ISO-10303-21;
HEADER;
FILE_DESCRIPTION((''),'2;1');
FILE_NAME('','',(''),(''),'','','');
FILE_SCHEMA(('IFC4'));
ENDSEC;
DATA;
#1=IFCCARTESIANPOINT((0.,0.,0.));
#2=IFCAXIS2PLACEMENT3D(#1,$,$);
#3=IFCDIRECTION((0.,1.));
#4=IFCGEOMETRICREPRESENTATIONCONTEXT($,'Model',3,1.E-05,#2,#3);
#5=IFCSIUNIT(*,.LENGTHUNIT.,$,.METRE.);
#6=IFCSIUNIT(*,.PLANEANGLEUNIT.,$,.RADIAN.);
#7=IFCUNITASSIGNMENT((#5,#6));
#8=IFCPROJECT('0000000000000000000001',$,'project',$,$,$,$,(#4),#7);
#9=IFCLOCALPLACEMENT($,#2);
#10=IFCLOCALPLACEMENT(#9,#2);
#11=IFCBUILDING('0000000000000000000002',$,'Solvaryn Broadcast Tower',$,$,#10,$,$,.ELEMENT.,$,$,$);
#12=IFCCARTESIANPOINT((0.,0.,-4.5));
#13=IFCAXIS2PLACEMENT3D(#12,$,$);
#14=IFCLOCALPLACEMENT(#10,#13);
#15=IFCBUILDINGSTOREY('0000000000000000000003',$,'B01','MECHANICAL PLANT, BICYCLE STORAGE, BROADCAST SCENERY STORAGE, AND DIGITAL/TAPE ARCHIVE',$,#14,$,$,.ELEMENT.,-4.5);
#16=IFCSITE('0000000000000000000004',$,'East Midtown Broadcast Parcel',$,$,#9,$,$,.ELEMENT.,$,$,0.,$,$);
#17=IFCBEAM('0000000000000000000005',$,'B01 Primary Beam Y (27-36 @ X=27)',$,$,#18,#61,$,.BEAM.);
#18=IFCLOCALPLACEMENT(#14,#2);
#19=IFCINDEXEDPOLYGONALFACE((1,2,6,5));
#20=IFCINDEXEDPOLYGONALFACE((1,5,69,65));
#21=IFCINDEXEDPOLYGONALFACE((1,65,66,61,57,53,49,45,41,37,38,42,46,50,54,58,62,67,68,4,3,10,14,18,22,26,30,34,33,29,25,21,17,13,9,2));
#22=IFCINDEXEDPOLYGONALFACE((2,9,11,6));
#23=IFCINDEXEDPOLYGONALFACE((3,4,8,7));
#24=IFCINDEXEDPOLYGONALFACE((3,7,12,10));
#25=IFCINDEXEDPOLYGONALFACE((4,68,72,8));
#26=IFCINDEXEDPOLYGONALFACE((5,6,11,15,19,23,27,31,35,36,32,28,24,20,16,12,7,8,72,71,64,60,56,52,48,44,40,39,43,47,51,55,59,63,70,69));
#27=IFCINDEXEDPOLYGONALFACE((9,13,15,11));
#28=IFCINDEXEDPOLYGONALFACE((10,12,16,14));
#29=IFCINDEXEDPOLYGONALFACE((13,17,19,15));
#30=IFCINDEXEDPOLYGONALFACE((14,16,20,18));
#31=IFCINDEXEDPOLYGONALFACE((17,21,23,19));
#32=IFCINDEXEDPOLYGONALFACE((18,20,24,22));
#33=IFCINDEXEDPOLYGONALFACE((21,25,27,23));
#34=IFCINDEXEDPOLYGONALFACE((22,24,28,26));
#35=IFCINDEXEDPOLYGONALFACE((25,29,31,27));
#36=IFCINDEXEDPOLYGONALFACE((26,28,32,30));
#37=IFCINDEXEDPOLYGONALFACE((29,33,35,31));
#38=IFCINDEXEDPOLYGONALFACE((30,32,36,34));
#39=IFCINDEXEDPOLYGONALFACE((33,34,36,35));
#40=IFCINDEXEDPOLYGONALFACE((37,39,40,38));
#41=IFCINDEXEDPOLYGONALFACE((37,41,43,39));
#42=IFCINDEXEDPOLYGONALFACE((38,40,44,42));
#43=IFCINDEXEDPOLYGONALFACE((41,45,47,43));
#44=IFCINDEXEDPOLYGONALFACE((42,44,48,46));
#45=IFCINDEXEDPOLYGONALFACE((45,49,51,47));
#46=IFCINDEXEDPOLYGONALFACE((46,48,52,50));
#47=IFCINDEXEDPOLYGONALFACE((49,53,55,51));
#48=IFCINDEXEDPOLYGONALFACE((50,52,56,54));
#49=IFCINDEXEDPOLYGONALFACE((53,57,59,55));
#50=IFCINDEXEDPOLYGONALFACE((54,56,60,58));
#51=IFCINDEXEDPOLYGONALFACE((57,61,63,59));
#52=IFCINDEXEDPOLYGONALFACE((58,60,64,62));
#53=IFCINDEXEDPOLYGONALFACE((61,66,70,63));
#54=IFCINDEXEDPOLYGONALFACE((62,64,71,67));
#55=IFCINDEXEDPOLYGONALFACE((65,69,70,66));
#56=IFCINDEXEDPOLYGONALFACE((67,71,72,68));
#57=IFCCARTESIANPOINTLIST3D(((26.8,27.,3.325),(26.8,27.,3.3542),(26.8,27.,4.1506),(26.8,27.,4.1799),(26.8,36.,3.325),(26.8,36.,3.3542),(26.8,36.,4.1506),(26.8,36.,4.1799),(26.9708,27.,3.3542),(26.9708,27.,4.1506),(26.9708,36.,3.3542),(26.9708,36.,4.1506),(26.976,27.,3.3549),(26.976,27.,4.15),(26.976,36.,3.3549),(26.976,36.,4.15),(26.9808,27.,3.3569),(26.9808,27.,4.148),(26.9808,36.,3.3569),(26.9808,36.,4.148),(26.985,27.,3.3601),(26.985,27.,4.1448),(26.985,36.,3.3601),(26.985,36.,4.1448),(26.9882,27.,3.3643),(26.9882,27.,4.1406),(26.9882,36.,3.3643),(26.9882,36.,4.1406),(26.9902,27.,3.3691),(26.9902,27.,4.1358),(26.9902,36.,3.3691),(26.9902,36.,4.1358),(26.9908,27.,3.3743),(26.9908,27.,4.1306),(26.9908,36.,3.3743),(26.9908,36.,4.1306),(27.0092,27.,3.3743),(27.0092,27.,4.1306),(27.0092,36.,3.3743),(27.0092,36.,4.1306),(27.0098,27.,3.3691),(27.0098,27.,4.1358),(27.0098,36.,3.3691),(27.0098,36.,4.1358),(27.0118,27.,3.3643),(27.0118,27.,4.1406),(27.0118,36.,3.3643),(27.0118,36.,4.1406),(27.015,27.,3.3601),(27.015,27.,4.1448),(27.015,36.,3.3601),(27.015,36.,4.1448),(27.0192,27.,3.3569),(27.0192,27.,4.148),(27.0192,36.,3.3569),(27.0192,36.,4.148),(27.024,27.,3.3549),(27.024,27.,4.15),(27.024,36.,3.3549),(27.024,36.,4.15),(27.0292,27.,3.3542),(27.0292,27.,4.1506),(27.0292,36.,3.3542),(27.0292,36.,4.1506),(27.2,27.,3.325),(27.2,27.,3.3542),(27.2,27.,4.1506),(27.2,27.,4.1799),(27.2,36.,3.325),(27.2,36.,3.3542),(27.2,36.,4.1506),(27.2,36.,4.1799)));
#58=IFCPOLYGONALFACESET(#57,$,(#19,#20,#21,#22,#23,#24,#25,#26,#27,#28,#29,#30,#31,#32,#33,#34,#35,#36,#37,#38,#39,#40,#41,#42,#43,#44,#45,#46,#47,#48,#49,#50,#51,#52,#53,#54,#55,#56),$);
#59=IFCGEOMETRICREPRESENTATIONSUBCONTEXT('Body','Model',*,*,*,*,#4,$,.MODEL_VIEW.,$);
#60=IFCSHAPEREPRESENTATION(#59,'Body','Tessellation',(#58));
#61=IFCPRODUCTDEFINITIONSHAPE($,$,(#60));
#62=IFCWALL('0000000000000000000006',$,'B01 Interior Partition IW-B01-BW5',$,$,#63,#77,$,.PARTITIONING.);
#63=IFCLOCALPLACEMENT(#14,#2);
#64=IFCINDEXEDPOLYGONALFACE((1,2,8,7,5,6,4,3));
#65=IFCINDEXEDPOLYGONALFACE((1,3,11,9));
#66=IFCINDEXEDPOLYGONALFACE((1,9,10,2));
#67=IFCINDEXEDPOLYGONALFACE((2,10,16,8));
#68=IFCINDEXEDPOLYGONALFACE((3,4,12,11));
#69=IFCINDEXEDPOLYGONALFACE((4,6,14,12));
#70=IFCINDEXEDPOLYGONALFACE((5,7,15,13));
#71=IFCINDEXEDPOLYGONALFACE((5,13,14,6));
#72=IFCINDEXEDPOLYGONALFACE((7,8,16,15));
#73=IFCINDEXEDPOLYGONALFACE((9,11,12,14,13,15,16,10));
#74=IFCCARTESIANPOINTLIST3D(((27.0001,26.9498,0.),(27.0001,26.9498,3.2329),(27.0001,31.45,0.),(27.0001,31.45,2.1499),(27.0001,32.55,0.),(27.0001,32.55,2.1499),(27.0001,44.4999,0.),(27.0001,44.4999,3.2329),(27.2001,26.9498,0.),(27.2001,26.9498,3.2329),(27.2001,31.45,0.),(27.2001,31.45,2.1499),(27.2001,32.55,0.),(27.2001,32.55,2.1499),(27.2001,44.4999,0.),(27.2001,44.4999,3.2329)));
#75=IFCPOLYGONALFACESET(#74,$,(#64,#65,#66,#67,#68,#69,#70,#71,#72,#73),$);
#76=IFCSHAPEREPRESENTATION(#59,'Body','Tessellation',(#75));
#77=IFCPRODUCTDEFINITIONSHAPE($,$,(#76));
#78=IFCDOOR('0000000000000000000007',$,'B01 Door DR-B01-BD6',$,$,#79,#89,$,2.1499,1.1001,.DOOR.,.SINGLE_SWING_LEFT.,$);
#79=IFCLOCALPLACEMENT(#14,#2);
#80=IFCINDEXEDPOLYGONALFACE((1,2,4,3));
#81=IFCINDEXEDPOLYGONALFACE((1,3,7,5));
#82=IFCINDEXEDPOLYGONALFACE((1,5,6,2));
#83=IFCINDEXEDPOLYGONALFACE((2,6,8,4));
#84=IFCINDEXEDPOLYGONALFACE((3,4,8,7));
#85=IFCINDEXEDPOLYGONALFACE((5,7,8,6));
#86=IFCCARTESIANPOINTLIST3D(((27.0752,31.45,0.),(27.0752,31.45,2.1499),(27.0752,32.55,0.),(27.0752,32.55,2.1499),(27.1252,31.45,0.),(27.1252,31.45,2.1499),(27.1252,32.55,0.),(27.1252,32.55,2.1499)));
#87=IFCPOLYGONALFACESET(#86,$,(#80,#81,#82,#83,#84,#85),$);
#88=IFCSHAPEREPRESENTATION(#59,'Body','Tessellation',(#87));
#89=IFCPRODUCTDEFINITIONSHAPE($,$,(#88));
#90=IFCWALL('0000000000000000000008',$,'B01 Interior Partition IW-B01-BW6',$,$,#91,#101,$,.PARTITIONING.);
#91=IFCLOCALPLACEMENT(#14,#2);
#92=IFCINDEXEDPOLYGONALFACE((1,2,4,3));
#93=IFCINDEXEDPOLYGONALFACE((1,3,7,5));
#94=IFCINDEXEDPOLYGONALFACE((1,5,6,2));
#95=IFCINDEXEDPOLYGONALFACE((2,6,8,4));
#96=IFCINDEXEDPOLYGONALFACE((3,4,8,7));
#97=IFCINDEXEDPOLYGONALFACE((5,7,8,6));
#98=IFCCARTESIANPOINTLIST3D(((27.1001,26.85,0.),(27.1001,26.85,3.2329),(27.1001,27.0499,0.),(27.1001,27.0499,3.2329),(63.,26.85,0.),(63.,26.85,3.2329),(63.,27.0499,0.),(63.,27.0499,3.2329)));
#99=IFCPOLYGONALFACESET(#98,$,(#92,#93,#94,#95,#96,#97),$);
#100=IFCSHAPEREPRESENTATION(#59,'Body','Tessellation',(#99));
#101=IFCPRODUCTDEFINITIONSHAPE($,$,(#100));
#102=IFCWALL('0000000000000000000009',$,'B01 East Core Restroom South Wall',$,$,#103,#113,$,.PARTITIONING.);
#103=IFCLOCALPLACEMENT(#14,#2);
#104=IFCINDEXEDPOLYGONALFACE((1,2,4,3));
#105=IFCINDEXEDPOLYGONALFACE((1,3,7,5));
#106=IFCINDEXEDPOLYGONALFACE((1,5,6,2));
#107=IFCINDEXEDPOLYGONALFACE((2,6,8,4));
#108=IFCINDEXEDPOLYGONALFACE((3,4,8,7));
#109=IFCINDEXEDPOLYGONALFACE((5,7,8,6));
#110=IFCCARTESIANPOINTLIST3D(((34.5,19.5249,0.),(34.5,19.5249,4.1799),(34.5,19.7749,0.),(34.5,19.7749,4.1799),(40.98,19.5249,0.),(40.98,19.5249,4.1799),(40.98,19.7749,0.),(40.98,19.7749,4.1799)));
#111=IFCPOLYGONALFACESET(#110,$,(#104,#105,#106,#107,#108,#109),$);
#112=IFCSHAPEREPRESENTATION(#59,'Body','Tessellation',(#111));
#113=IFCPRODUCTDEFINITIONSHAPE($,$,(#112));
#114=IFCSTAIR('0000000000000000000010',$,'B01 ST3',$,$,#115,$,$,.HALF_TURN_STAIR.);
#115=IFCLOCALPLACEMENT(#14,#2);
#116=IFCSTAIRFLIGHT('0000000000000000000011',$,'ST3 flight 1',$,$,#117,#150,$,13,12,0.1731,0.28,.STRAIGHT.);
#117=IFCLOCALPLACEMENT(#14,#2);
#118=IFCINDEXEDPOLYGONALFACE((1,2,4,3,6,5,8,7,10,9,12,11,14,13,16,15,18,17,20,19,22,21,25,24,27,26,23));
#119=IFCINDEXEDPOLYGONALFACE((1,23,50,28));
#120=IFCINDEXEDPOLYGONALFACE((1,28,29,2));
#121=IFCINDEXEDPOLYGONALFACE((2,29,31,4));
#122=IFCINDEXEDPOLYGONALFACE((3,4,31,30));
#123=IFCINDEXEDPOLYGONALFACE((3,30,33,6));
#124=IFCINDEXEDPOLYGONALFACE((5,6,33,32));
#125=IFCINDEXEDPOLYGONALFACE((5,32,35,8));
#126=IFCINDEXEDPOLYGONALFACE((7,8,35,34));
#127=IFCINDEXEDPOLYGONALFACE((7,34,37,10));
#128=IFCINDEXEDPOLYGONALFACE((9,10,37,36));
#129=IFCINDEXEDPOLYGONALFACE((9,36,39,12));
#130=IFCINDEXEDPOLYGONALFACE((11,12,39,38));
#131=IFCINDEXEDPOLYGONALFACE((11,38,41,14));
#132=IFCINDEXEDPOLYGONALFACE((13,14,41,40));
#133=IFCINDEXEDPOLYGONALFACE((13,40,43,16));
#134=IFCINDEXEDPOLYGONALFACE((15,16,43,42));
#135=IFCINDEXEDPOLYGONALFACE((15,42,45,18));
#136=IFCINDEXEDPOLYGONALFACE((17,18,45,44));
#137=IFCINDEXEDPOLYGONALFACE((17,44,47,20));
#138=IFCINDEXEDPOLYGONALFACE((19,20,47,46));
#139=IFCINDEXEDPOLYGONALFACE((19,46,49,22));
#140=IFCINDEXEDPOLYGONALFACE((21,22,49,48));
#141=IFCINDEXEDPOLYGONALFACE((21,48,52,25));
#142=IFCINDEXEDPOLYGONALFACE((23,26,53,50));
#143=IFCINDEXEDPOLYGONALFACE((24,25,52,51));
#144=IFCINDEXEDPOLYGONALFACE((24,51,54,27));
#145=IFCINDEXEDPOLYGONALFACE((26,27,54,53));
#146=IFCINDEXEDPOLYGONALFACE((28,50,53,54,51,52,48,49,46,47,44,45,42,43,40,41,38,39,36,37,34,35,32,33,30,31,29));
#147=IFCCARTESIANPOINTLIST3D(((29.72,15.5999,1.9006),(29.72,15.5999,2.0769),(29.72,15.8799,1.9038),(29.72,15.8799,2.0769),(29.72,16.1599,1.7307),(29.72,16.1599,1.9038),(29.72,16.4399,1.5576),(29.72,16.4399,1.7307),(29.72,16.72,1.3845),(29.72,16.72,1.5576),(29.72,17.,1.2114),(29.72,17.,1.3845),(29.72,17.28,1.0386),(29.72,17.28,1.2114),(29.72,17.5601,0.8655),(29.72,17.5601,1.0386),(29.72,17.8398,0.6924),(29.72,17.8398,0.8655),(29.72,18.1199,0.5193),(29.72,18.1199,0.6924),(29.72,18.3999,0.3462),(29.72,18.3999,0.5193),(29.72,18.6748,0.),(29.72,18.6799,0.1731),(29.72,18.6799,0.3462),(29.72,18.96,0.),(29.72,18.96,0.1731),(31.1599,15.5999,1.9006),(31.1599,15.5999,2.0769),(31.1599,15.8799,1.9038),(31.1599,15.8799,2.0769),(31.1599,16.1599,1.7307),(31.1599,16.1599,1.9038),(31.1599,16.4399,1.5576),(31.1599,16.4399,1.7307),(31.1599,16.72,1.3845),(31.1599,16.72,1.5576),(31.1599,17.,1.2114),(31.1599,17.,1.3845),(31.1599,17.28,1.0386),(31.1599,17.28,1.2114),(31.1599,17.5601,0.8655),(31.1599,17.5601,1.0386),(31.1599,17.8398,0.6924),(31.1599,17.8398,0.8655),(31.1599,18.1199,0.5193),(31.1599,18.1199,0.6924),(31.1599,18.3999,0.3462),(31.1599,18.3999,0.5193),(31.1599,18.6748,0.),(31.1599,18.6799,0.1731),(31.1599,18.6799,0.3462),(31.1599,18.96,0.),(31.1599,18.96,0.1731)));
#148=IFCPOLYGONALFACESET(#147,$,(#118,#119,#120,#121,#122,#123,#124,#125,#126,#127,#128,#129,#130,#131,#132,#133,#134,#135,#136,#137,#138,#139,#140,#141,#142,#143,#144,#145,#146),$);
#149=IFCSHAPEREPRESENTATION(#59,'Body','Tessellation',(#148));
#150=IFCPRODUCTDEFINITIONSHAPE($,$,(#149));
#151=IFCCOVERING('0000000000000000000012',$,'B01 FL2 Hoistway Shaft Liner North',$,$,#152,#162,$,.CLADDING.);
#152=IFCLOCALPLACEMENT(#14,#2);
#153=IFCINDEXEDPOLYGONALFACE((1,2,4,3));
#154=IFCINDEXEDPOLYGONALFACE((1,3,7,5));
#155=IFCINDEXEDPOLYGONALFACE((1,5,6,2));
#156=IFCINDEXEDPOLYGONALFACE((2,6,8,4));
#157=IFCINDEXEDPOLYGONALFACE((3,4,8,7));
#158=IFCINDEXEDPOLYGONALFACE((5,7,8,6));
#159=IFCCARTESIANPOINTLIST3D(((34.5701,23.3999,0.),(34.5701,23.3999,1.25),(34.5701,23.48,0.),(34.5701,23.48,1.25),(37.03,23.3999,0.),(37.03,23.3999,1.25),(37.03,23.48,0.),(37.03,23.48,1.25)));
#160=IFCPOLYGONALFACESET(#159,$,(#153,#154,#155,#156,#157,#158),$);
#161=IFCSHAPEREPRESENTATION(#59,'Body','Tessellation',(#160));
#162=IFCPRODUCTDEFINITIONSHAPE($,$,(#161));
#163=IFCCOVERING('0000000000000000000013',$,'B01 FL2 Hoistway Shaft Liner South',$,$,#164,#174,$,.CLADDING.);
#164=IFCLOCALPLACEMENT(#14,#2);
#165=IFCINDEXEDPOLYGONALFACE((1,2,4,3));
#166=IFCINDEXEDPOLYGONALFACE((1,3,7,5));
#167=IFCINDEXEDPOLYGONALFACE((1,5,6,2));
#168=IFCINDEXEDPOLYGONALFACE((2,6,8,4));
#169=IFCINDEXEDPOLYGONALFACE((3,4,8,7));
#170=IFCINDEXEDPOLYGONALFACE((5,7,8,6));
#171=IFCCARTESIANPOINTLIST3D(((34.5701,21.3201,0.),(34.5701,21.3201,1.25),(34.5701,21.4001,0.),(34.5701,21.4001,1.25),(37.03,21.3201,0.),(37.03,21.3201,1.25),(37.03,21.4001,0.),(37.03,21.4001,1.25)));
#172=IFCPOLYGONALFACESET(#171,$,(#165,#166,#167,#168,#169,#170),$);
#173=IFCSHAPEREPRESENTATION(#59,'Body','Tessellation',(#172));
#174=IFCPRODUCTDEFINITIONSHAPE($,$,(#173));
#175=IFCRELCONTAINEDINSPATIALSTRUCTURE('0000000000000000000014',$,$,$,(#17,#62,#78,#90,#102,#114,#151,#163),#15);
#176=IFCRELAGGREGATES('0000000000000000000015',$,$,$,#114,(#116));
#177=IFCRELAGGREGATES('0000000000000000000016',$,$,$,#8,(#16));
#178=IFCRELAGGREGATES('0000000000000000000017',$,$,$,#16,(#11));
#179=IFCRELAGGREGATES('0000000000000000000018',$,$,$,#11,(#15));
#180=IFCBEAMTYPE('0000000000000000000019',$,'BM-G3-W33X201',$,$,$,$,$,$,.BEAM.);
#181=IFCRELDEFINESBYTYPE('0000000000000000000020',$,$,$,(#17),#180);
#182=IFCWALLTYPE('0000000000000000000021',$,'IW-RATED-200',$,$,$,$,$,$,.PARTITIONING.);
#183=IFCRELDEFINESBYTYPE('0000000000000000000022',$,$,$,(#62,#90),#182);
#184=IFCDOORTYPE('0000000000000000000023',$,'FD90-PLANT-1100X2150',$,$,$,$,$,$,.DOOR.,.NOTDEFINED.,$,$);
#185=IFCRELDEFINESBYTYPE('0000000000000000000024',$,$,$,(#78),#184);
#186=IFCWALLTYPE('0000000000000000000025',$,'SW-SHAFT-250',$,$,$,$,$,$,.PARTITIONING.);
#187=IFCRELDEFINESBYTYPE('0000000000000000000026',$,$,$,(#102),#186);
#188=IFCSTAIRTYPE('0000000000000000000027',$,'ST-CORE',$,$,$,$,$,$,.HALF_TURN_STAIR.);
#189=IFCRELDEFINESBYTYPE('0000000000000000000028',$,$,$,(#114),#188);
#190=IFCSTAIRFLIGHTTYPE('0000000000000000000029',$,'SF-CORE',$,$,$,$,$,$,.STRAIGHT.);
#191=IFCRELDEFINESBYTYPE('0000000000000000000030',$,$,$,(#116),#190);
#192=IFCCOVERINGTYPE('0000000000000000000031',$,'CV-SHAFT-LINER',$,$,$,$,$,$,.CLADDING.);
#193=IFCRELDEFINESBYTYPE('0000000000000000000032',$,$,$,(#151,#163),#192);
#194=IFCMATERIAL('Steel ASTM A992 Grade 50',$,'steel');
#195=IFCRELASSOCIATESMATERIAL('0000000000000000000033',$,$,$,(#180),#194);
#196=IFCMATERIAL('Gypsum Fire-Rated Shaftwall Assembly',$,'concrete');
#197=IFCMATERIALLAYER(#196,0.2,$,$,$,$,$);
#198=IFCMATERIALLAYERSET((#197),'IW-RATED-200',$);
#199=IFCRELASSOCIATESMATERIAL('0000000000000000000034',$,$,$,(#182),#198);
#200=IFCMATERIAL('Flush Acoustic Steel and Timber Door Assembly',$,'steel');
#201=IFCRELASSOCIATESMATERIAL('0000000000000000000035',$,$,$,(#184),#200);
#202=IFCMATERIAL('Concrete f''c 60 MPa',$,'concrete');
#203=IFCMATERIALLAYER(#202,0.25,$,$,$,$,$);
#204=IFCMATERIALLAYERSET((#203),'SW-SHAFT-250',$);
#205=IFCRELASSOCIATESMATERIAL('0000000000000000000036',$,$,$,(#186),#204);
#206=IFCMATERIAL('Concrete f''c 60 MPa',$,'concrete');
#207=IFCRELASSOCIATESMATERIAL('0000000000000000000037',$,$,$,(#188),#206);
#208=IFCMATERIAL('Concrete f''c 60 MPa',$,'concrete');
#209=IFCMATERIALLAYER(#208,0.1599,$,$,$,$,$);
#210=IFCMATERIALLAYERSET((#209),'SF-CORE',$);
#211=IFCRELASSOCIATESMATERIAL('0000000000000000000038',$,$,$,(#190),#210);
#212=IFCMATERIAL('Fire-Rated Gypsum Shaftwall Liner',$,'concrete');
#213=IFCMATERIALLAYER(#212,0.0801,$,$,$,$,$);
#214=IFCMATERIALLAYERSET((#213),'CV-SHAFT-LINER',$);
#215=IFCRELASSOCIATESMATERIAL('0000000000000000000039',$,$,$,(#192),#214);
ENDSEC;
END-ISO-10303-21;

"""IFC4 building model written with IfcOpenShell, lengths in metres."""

from ifc_helpers import new_model, si_unit, direction, frame, frame_2d, origin, origin_2d, place, context, subcontext, project, spatial, polyline, rectangle, i_section, outline, extrude, material, layer, layer_set, material_profile, profile_set, type_object, element, fill, aggregate, save


model = new_model("IFC4")

# Units and contexts
model_context = context("Model", 3, precision=1e-05, world=origin(), true_north=direction((0.0, 1.0)))
body_context = subcontext(model_context, "Body", "Model", "MODEL_VIEW")
ifc_project = project(units=[si_unit("LENGTHUNIT", "METRE"), si_unit("PLANEANGLEUNIT", "RADIAN")], contexts=[model_context])

# Site, building, storey
site_placement = place(None, origin())
site = spatial("IfcSite", under=ifc_project, at=site_placement, Name="East Midtown Broadcast Parcel", CompositionType="ELEMENT", RefElevation=0.0)
building_placement = place(site_placement, origin())
building = spatial("IfcBuilding", under=site, at=building_placement, Name="Solvaryn Broadcast Tower", CompositionType="ELEMENT")
storey_placement = place(building_placement, frame((0.0, 0.0, -4.5)))
storey = spatial("IfcBuildingStorey", under=building, at=storey_placement, Name="B01", Description="MECHANICAL PLANT, BICYCLE STORAGE, BROADCAST SCENERY STORAGE, AND DIGITAL/TAPE ARCHIVE", CompositionType="ELEMENT", Elevation=-4.5)

# Beam
ifc_material_1 = material(Name="Steel ASTM A992 Grade 50", Category="steel")
ifc_material_profile_1 = material_profile(ifc_material_1, i_section(OverallWidth=0.3999, OverallDepth=0.855, WebThickness=0.0183, FlangeThickness=0.0293, FilletRadius=0.02, at=origin_2d()))
ifc_profile_set_1 = profile_set([ifc_material_profile_1], Name="Steel ASTM A992 Grade 50")
beam_type_1 = type_object("IfcBeamType", Name="BM-G3-W33X201", PredefinedType="BEAM", material=ifc_profile_set_1)
beam_1_placement = place(storey_placement, frame((27.0, 27.0, 3.7524), z_axis=(0.0, 1.0, 0.0), x_axis=(-1.0, 0.0, 0.0)))
element("IfcBeam", 1, at=beam_1_placement, inside=storey, type_object=beam_type_1, Name="B01 Primary Beam Y (27-36 @ X=27)", PredefinedType="BEAM", context=body_context, shape_type="SweptSolid", body=[
    extrude(i_section(OverallWidth=0.3999, OverallDepth=0.855, WebThickness=0.0183, FlangeThickness=0.0293, FilletRadius=0.02, at=origin_2d()), origin(), (0.0, 0.0, 1.0), 9.0),
])

# Wall, opening, door
ifc_material_2 = material(Name="Gypsum Fire-Rated Shaftwall Assembly", Category="concrete")
ifc_layer_1 = layer(ifc_material_2, 0.2)
ifc_layer_set_1 = layer_set([ifc_layer_1], Name="IW-RATED-200")
wall_type_1 = type_object("IfcWallType", Name="IW-RATED-200", PredefinedType="PARTITIONING", material=ifc_layer_set_1)
wall_1_placement = place(storey_placement, frame((27.1001, 26.95, 0.0), z_axis=(0.0, 0.0, 1.0), x_axis=(0.0, 1.0, 0.0)))
wall_1 = element("IfcWall", 2, at=wall_1_placement, inside=storey, type_object=wall_type_1, Name="B01 Interior Partition IW-B01-BW5", PredefinedType="PARTITIONING", context=body_context, shape_type="SweptSolid", body=[
    extrude(rectangle(XDim=17.55, YDim=0.2, at=frame_2d((8.7749, 0.0))), origin(), (0.0, 0.0, 1.0), 3.2329),
])
opening_1_placement = place(wall_1_placement, frame((4.5, 0.0, 0.0)))
opening_1 = element("IfcOpeningElement", 3, at=opening_1_placement, cuts=wall_1, PredefinedType="OPENING", context=body_context, shape_type="SweptSolid", body=[
    extrude(rectangle(XDim=1.1001, YDim=2.1499, at=frame_2d((0.55, 1.075))), frame((0.0, 0.1101, 0.0), z_axis=(0.0, -1.0, 0.0), x_axis=(1.0, 0.0, 0.0)), (0.0, 0.0, 1.0), 0.22),
])
ifc_material_3 = material(Name="Flush Acoustic Steel and Timber Door Assembly", Category="steel")
door_type_1 = type_object("IfcDoorType", Name="FD90-PLANT-1100X2150", OperationType="NOTDEFINED", PredefinedType="DOOR", material=ifc_material_3)
door_1_placement = place(opening_1_placement, origin())
door_1 = element("IfcDoor", 4, at=door_1_placement, inside=storey, type_object=door_type_1, Name="B01 Door DR-B01-BD6", OperationType="SINGLE_SWING_LEFT", OverallHeight=2.1499, OverallWidth=1.1001, PredefinedType="DOOR", context=body_context, shape_type="SweptSolid", body=[
    extrude(rectangle(XDim=1.1001, YDim=2.1499, at=frame_2d((0.55, 1.075))), frame((0.0, 0.0249, 0.0), z_axis=(0.0, -1.0, 0.0), x_axis=(1.0, 0.0, 0.0)), (0.0, 0.0, 1.0), 0.05),
])
fill(opening_1, door_1)

# Wall
wall_2_placement = place(storey_placement, frame((27.1001, 26.95, 0.0), z_axis=(0.0, 0.0, 1.0), x_axis=(1.0, 0.0, 0.0)))
element("IfcWall", 5, at=wall_2_placement, inside=storey, type_object=wall_type_1, Name="B01 Interior Partition IW-B01-BW6", PredefinedType="PARTITIONING", context=body_context, shape_type="SweptSolid", body=[
    extrude(rectangle(XDim=35.8999, YDim=0.2, at=frame_2d((17.95, 0.0))), origin(), (0.0, 0.0, 1.0), 3.2329),
])

# Shared definitions
ifc_material_4 = material(Name="Concrete f'c 60 MPa", Category="concrete")
ifc_layer_2 = layer(ifc_material_4, 0.25)
ifc_layer_set_2 = layer_set([ifc_layer_2], Name="SW-SHAFT-250")
wall_type_2 = type_object("IfcWallType", Name="SW-SHAFT-250", PredefinedType="PARTITIONING", material=ifc_layer_set_2)

# Wall
wall_3_placement = place(storey_placement, frame((34.5, 19.6499, 0.0), z_axis=(0.0, 0.0, 1.0), x_axis=(1.0, 0.0, 0.0)))
element("IfcWall", 6, at=wall_3_placement, inside=storey, type_object=wall_type_2, Name="B01 East Core Restroom South Wall", PredefinedType="PARTITIONING", context=body_context, shape_type="SweptSolid", body=[
    extrude(rectangle(XDim=6.48, YDim=0.25, at=frame_2d((3.24, 0.0))), origin(), (0.0, 0.0, 1.0), 4.1799),
])

# Stair, stair flight
ifc_material_5 = material(Name="Concrete f'c 60 MPa", Category="concrete")
stair_type = type_object("IfcStairType", Name="ST-CORE", PredefinedType="HALF_TURN_STAIR", material=ifc_material_5)
stair_placement = place(storey_placement, origin())
stair = element("IfcStair", 7, at=stair_placement, inside=storey, type_object=stair_type, Name="B01 ST3", PredefinedType="HALF_TURN_STAIR")
ifc_material_6 = material(Name="Concrete f'c 60 MPa", Category="concrete")
ifc_layer_3 = layer(ifc_material_6, 0.1599)
ifc_layer_set_3 = layer_set([ifc_layer_3], Name="SF-CORE")
stair_flight_type = type_object("IfcStairFlightType", Name="SF-CORE", PredefinedType="STRAIGHT", material=ifc_layer_set_3)
stair_flight_placement = place(storey_placement, frame((30.4399, 18.96, 0.0), z_axis=(0.0, 0.0, 1.0), x_axis=(0.0, -1.0, 0.0)))
stair_flight = element("IfcStairFlight", 8, at=stair_flight_placement, type_object=stair_flight_type, Name="ST3 flight 1", NumberOfRisers=13, NumberOfTreads=12, PredefinedType="STRAIGHT", RiserHeight=0.1731, TreadLength=0.28, context=body_context, shape_type="SweptSolid", body=[
    extrude(outline(polyline([(0.0, 0.0), (0.0, 0.1731), (0.28, 0.1731), (0.28, 0.3462), (0.5601, 0.3462), (0.5601, 0.5193), (0.8401, 0.5193), (0.8401, 0.6924), (1.1201, 0.6924), (1.1201, 0.8655), (1.3999, 0.8655), (1.3999, 1.0386), (1.6799, 1.0386), (1.6799, 1.2114), (1.96, 1.2114), (1.96, 1.3845), (2.24, 1.3845), (2.24, 1.5576), (2.52, 1.5576), (2.52, 1.7307), (2.8, 1.7307), (2.8, 1.9038), (3.0801, 1.9038), (3.0801, 2.0769), (3.3601, 2.0769), (3.3601, 2.25), (3.3601, 1.9006), (0.2852, 0.0), (0.0, 0.0)])), frame((0.0, 0.72, 0.0), z_axis=(0.0, -1.0, 0.0), x_axis=(1.0, 0.0, 0.0)), (0.0, 0.0, 1.0), 1.4399),
])
aggregate(stair, [stair_flight])

# Coverings
ifc_material_7 = material(Name="Fire-Rated Gypsum Shaftwall Liner", Category="concrete")
ifc_layer_4 = layer(ifc_material_7, 0.0801)
ifc_layer_set_4 = layer_set([ifc_layer_4], Name="CV-SHAFT-LINER")
covering_type = type_object("IfcCoveringType", Name="CV-SHAFT-LINER", PredefinedType="CLADDING", material=ifc_layer_set_4)
for number, where, z_axis, x_axis, name in (
    (9, (35.8, 23.4399, 0.0), (0.0, 0.0, 1.0), (1.0, 0.0, 0.0), "B01 FL2 Hoistway Shaft Liner North"),
    (10, (35.8, 21.3601, 0.0), (0.0, 0.0, 1.0), (1.0, 0.0, 0.0), "B01 FL2 Hoistway Shaft Liner South"),
):
    element("IfcCovering", number, at=place(storey_placement, frame(where, z_axis=z_axis, x_axis=x_axis)), inside=storey, type_object=covering_type, Name=name, PredefinedType="CLADDING", context=body_context, shape_type="SweptSolid", body=[
        extrude(rectangle(XDim=2.46, YDim=0.0801, at=origin_2d()), origin(), (0.0, 0.0, 1.0), 1.25),
    ])

save(model, "model.ifc")
